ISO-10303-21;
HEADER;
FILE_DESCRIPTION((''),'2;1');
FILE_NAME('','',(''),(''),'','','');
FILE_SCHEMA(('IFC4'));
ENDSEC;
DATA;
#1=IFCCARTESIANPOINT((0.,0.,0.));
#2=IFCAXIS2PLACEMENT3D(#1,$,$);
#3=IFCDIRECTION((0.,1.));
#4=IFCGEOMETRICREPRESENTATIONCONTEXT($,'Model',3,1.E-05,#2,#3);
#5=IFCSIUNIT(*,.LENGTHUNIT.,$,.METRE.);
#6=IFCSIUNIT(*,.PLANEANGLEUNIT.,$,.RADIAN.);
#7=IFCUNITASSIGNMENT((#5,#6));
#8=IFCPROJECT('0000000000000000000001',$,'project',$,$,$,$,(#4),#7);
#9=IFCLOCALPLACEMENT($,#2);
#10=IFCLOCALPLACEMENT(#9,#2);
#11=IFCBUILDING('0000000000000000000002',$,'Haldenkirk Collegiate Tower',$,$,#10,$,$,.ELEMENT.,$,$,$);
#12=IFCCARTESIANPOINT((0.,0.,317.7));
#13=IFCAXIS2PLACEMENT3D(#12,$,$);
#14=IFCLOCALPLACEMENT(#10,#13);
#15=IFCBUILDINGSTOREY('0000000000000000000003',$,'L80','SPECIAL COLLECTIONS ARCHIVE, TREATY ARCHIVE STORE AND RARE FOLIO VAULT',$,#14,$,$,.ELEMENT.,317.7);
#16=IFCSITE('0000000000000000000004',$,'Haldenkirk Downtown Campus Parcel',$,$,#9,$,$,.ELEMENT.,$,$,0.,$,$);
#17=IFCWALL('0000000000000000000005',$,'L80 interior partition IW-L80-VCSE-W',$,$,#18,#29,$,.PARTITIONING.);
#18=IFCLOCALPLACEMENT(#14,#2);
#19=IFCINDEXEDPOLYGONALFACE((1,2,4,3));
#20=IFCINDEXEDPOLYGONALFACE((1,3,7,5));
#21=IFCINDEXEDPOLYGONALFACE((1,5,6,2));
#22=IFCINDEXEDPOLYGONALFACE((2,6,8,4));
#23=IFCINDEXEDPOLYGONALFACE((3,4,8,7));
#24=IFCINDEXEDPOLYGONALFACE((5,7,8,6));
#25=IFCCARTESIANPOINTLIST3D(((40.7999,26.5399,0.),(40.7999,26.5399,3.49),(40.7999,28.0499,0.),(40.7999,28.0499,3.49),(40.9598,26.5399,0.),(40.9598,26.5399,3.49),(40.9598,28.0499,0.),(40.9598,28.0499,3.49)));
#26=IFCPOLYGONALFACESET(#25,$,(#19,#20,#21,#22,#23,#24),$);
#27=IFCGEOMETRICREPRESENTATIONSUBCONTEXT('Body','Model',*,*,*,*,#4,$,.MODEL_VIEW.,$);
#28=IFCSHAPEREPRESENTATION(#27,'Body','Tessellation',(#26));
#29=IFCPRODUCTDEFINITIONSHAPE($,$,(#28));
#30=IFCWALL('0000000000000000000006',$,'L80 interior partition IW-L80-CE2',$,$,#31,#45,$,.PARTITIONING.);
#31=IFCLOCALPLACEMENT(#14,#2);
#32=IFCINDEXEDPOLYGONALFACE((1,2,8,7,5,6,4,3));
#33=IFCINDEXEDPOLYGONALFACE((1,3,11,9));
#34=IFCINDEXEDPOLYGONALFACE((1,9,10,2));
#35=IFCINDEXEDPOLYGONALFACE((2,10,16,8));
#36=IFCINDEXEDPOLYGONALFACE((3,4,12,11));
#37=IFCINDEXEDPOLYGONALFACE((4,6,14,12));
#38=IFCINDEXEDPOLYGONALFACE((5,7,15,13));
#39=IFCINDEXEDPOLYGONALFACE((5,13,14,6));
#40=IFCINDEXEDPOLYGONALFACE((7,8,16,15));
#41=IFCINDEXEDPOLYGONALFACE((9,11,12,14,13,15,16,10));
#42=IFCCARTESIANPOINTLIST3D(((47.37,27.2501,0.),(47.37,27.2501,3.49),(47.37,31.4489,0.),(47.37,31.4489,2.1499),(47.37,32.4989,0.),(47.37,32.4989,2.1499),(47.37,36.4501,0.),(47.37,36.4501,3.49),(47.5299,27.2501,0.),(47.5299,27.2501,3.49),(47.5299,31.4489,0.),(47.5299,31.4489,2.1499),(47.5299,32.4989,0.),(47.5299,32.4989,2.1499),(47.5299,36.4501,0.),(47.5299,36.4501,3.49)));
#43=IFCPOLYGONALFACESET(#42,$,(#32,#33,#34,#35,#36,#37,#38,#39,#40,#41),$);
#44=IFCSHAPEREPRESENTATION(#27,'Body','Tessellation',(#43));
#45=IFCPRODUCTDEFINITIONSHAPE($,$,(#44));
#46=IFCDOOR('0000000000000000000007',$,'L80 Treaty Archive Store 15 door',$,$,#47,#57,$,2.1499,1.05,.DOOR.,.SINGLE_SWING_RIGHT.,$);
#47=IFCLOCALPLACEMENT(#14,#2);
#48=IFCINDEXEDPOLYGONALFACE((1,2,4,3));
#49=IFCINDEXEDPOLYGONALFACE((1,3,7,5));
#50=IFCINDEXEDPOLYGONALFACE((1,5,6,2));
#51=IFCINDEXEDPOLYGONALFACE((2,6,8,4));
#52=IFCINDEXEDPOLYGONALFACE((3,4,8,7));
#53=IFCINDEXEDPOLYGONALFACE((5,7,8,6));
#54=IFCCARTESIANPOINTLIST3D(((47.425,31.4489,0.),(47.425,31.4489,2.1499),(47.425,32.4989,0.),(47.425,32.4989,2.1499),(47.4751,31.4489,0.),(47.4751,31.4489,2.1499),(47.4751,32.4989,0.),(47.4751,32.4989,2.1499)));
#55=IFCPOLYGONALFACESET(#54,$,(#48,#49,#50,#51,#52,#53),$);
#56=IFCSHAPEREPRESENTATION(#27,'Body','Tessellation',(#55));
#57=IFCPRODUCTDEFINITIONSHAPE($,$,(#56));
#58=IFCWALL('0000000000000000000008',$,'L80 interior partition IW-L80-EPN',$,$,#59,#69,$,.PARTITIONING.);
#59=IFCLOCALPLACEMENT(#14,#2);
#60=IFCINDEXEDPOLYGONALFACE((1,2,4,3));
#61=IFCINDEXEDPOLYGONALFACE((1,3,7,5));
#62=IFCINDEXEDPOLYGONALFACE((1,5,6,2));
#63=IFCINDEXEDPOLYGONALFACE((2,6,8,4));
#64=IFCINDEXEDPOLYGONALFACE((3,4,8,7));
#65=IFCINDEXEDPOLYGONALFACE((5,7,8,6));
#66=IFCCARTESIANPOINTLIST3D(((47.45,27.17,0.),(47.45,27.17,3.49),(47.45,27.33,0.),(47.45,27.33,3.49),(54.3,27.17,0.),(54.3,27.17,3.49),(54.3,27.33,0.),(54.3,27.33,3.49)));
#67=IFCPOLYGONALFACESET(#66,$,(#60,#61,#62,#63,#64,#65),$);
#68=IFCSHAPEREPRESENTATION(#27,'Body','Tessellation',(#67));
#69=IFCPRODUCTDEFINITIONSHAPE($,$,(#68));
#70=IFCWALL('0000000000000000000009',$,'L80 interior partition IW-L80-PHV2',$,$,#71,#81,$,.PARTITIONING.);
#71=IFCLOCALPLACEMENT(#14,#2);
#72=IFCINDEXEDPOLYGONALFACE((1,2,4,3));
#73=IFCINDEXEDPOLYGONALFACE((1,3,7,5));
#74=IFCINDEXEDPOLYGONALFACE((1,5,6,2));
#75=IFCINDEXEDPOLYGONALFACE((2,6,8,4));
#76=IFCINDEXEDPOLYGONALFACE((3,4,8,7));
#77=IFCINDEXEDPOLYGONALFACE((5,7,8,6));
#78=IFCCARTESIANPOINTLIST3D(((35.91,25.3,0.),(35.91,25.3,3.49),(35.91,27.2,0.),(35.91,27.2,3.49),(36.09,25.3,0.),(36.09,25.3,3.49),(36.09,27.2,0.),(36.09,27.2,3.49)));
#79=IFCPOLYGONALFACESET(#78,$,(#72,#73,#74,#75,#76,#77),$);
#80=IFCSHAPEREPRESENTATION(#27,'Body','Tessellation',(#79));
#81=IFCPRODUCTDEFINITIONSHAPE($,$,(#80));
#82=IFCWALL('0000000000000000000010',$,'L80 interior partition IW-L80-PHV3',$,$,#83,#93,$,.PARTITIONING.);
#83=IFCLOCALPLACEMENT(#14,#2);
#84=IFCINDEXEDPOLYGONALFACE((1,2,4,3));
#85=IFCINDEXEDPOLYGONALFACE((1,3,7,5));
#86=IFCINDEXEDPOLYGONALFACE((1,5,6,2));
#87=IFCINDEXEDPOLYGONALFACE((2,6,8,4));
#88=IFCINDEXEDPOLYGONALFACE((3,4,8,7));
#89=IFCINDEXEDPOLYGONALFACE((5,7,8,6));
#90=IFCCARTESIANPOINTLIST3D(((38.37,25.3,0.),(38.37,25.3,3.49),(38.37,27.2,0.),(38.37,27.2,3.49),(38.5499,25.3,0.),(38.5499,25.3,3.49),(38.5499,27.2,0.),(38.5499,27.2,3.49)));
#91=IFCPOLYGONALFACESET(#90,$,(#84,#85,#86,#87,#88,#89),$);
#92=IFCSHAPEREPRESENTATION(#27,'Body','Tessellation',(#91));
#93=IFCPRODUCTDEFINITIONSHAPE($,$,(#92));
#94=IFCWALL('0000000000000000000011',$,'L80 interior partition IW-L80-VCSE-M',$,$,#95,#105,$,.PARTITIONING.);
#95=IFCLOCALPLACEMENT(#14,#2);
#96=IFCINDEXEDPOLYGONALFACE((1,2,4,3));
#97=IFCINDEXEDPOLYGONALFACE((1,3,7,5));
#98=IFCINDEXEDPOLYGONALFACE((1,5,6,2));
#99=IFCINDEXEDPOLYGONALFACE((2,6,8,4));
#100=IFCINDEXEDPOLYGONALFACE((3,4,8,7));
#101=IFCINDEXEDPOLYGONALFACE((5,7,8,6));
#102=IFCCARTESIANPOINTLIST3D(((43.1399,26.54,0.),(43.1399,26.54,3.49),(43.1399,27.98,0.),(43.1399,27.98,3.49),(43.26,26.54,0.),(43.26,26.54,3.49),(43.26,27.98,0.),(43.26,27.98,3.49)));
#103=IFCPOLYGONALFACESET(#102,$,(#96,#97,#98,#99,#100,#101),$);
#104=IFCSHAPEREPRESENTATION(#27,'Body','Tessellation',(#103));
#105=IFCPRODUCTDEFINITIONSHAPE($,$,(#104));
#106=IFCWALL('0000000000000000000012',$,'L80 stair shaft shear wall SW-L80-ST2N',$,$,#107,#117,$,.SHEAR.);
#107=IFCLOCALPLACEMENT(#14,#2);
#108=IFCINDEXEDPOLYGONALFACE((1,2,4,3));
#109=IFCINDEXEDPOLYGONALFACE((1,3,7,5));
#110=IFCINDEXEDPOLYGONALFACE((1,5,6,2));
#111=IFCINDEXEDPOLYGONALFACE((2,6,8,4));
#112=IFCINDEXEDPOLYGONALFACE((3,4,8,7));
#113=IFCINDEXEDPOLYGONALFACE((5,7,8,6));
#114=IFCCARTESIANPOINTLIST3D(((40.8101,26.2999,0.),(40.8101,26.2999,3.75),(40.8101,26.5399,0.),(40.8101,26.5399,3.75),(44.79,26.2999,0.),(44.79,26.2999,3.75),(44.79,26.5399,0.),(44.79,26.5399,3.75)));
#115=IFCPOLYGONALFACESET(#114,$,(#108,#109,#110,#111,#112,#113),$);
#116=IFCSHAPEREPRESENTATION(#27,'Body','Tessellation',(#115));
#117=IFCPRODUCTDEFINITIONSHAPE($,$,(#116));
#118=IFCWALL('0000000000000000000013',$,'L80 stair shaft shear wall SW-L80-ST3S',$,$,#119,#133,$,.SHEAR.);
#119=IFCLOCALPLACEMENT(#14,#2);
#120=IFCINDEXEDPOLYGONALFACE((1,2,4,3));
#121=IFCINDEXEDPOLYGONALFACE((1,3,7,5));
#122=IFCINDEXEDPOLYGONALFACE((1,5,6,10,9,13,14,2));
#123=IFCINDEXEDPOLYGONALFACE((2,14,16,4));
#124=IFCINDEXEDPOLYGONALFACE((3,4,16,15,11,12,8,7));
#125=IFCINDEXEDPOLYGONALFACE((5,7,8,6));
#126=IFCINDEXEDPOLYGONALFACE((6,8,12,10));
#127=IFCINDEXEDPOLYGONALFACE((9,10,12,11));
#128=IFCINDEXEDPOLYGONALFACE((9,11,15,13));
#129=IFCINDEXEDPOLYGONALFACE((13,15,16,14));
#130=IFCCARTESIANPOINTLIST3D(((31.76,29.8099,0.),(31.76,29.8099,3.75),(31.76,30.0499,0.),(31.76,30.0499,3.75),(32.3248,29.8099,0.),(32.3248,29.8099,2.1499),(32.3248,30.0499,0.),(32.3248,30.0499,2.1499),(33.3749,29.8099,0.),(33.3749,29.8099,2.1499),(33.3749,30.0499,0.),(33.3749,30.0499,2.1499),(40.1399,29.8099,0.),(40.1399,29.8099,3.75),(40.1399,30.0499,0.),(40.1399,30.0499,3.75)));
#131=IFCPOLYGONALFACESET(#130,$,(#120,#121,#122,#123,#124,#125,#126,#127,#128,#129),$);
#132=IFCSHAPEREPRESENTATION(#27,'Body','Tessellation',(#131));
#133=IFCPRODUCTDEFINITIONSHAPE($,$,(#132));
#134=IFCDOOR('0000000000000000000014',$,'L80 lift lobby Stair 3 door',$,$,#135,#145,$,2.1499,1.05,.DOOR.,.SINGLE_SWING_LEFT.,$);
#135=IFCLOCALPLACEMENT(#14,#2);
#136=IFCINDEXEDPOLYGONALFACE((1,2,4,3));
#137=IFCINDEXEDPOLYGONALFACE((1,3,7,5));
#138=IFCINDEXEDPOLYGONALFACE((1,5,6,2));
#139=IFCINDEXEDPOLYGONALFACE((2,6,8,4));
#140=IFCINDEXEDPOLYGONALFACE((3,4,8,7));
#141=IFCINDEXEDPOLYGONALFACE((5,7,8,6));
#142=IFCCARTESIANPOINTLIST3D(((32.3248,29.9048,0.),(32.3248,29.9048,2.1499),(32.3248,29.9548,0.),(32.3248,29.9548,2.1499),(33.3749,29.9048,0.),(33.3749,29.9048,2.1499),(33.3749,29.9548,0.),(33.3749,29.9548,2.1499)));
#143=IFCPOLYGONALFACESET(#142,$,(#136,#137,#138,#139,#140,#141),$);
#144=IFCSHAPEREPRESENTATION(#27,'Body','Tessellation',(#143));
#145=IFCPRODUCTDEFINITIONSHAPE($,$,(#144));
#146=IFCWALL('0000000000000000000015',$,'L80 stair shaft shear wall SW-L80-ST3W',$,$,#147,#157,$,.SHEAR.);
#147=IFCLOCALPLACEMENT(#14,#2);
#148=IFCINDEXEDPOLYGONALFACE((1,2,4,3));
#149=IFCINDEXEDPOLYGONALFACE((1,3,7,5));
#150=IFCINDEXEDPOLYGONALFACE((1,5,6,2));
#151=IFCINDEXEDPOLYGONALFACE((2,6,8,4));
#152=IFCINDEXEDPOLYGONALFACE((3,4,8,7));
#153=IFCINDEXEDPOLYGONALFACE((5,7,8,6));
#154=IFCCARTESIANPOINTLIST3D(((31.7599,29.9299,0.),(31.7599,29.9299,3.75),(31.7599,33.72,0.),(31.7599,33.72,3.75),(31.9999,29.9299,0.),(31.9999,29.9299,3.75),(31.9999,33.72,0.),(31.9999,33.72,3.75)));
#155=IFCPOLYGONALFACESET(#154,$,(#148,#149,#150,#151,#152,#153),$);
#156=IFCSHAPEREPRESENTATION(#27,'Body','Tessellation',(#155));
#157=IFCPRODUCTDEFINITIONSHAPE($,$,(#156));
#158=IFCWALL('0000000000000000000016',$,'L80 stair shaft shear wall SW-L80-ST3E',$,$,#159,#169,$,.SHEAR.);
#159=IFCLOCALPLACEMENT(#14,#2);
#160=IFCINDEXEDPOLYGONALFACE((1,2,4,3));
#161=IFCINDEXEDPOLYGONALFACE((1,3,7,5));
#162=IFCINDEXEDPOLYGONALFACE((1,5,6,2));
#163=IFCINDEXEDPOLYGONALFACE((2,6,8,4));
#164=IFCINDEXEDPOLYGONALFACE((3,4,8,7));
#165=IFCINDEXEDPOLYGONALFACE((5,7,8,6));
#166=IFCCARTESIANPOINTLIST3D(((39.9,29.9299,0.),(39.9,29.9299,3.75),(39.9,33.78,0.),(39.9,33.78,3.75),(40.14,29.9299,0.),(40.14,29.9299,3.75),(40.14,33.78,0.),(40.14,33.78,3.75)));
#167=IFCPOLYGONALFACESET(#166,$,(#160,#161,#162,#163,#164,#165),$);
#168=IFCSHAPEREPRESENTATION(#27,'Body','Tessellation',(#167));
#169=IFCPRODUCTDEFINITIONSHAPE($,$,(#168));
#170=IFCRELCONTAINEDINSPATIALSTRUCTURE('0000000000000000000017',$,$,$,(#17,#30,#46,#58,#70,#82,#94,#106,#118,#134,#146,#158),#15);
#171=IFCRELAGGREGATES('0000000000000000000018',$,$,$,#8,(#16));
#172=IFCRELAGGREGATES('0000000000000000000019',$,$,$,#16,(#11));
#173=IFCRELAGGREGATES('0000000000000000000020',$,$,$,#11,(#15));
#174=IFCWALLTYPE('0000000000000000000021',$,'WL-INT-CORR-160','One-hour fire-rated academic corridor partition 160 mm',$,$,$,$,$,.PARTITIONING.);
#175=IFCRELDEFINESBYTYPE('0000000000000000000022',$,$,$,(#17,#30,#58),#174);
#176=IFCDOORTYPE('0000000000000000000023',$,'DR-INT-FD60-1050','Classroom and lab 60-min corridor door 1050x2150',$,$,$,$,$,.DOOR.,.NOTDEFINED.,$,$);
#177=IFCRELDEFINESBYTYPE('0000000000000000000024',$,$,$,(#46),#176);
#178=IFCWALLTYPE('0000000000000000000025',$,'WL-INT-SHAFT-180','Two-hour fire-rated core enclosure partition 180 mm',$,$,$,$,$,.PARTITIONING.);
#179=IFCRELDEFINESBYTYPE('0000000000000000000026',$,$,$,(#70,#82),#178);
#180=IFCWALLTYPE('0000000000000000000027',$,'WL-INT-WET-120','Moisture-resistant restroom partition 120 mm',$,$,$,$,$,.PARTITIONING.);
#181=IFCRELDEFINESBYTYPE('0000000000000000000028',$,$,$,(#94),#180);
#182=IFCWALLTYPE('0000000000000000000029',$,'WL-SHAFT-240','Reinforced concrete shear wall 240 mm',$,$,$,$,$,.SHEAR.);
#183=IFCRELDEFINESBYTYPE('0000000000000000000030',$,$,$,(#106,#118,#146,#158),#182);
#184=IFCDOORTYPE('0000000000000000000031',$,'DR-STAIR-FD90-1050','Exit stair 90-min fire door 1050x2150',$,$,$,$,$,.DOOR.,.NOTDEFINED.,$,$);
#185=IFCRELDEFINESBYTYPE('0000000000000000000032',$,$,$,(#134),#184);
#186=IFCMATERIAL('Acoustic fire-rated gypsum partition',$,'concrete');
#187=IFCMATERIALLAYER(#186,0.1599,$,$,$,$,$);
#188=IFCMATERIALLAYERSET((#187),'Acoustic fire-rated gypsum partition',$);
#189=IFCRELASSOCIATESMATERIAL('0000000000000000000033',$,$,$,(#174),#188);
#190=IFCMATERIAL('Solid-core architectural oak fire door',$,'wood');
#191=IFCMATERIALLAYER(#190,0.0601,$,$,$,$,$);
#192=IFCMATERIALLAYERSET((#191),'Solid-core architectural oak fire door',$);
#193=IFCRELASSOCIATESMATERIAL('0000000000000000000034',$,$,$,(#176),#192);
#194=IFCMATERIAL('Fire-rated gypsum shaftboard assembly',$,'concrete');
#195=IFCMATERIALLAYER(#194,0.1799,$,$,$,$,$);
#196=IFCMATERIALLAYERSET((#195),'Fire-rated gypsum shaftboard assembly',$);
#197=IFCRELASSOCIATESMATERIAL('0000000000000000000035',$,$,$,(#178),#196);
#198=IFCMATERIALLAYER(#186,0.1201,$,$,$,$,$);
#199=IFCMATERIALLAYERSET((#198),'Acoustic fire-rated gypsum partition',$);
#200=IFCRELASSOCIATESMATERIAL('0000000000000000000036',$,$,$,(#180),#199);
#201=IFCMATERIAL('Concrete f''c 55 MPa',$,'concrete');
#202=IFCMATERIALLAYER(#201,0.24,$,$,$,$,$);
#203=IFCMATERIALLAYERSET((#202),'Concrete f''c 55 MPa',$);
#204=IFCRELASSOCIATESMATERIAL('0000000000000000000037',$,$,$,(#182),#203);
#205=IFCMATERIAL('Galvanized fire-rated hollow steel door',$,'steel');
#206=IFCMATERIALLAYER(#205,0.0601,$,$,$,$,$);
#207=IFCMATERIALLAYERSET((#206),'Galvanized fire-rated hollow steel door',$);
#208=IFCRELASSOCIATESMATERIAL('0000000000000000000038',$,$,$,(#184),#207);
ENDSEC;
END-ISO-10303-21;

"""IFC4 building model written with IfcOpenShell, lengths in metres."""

from ifc_helpers import new_model, si_unit, direction, frame, frame_2d, origin, place, context, subcontext, project, spatial, rectangle, extrude, material, layer, layer_set, type_object, element, fill, save


model = new_model("IFC4")

# Units and contexts
model_context = context("Model", 3, precision=1e-05, world=origin(), true_north=direction((0.0, 1.0)))
body_context = subcontext(model_context, "Body", "Model", "MODEL_VIEW")
ifc_project = project(units=[si_unit("LENGTHUNIT", "METRE"), si_unit("PLANEANGLEUNIT", "RADIAN")], contexts=[model_context])

# Site, building, storey
site_placement = place(None, origin())
site = spatial("IfcSite", under=ifc_project, at=site_placement, Name="Haldenkirk Downtown Campus Parcel", CompositionType="ELEMENT", RefElevation=0.0)
building_placement = place(site_placement, origin())
building = spatial("IfcBuilding", under=site, at=building_placement, Name="Haldenkirk Collegiate Tower", CompositionType="ELEMENT")
storey_placement = place(building_placement, frame((0.0, 0.0, 317.7)))
storey = spatial("IfcBuildingStorey", under=building, at=storey_placement, Name="L80", Description="SPECIAL COLLECTIONS ARCHIVE, TREATY ARCHIVE STORE AND RARE FOLIO VAULT", CompositionType="ELEMENT", Elevation=317.7)

# Shared definitions
ifc_material_1 = material(Name="Acoustic fire-rated gypsum partition", Category="concrete")
ifc_layer_1 = layer(ifc_material_1, 0.1599)
ifc_layer_set_1 = layer_set([ifc_layer_1], Name="Acoustic fire-rated gypsum partition")
wall_type_1 = type_object("IfcWallType", Name="WL-INT-CORR-160", Description="One-hour fire-rated academic corridor partition 160 mm", PredefinedType="PARTITIONING", material=ifc_layer_set_1)
ifc_material_2 = material(Name="Solid-core architectural oak fire door", Category="wood")

# Wall
wall_1_placement = place(storey_placement, frame((40.8799, 26.54, 0.0), z_axis=(0.0, 0.0, 1.0), x_axis=(0.0, 1.0, 0.0)))
element("IfcWall", 1, at=wall_1_placement, inside=storey, type_object=wall_type_1, Name="L80 interior partition IW-L80-VCSE-W", PredefinedType="PARTITIONING", context=body_context, shape_type="SweptSolid", body=[
    extrude(rectangle(XDim=1.51, YDim=0.1599, at=frame_2d((0.7549, 0.0))), origin(), (0.0, 0.0, 1.0), 3.49),
])

# Wall, opening, door
wall_2_placement = place(storey_placement, frame((47.45, 27.25, 0.0), z_axis=(0.0, 0.0, 1.0), x_axis=(0.0, 1.0, 0.0)))
wall_2 = element("IfcWall", 2, at=wall_2_placement, inside=storey, type_object=wall_type_1, Name="L80 interior partition IW-L80-CE2", PredefinedType="PARTITIONING", context=body_context, shape_type="SweptSolid", body=[
    extrude(rectangle(XDim=9.2, YDim=0.1599, at=frame_2d((4.6001, 0.0))), origin(), (0.0, 0.0, 1.0), 3.49),
])
opening_1_placement = place(wall_2_placement, frame((4.199, 0.0, 0.0)))
opening_1 = element("IfcOpeningElement", 3, at=opening_1_placement, cuts=wall_2, PredefinedType="OPENING", context=body_context, shape_type="SweptSolid", body=[
    extrude(rectangle(XDim=1.05, YDim=2.1499, at=frame_2d((0.5249, 1.075))), frame((0.0, 0.0898, 0.0), z_axis=(0.0, -1.0, 0.0), x_axis=(1.0, 0.0, 0.0)), (0.0, 0.0, 1.0), 0.1799),
])
ifc_layer_2 = layer(ifc_material_2, 0.0601)
ifc_layer_set_2 = layer_set([ifc_layer_2], Name="Solid-core architectural oak fire door")
door_type_1 = type_object("IfcDoorType", Name="DR-INT-FD60-1050", Description="Classroom and lab 60-min corridor door 1050x2150", OperationType="NOTDEFINED", PredefinedType="DOOR", material=ifc_layer_set_2)
door_1_placement = place(opening_1_placement, origin())
door_1 = element("IfcDoor", 4, at=door_1_placement, inside=storey, type_object=door_type_1, Name="L80 Treaty Archive Store 15 door", OperationType="SINGLE_SWING_RIGHT", OverallHeight=2.1499, OverallWidth=1.05, PredefinedType="DOOR", context=body_context, shape_type="SweptSolid", body=[
    extrude(rectangle(XDim=1.05, YDim=2.1499, at=frame_2d((0.5249, 1.075))), frame((0.0, 0.0249, 0.0), z_axis=(0.0, -1.0, 0.0), x_axis=(1.0, 0.0, 0.0)), (0.0, 0.0, 1.0), 0.05),
])
fill(opening_1, door_1)

# Walls
wall_3_placement = place(storey_placement, frame((47.45, 27.25, 0.0), z_axis=(0.0, 0.0, 1.0), x_axis=(1.0, 0.0, 0.0)))
element("IfcWall", 5, at=wall_3_placement, inside=storey, type_object=wall_type_1, Name="L80 interior partition IW-L80-EPN", PredefinedType="PARTITIONING", context=body_context, shape_type="SweptSolid", body=[
    extrude(rectangle(XDim=6.8501, YDim=0.1599, at=frame_2d((3.425, 0.0))), origin(), (0.0, 0.0, 1.0), 3.49),
])
ifc_material_3 = material(Name="Fire-rated gypsum shaftboard assembly", Category="concrete")
ifc_layer_3 = layer(ifc_material_3, 0.1799)
ifc_layer_set_3 = layer_set([ifc_layer_3], Name="Fire-rated gypsum shaftboard assembly")
wall_type_2 = type_object("IfcWallType", Name="WL-INT-SHAFT-180", Description="Two-hour fire-rated core enclosure partition 180 mm", PredefinedType="PARTITIONING", material=ifc_layer_set_3)
for number, where, z_axis, x_axis, name in (
    (6, (36.0, 25.3, 0.0), (0.0, 0.0, 1.0), (0.0, 1.0, 0.0), "L80 interior partition IW-L80-PHV2"),
    (7, (38.46, 25.3, 0.0), (0.0, 0.0, 1.0), (0.0, 1.0, 0.0), "L80 interior partition IW-L80-PHV3"),
):
    element("IfcWall", number, at=place(storey_placement, frame(where, z_axis=z_axis, x_axis=x_axis)), inside=storey, type_object=wall_type_2, Name=name, PredefinedType="PARTITIONING", context=body_context, shape_type="SweptSolid", body=[
        extrude(rectangle(XDim=1.8999, YDim=0.1799, at=frame_2d((0.95, 0.0))), origin(), (0.0, 0.0, 1.0), 3.49),
    ])
ifc_layer_4 = layer(ifc_material_1, 0.1201)
ifc_layer_set_4 = layer_set([ifc_layer_4], Name="Acoustic fire-rated gypsum partition")
wall_type_3 = type_object("IfcWallType", Name="WL-INT-WET-120", Description="Moisture-resistant restroom partition 120 mm", PredefinedType="PARTITIONING", material=ifc_layer_set_4)
wall_4_placement = place(storey_placement, frame((43.2, 26.54, 0.0), z_axis=(0.0, 0.0, 1.0), x_axis=(0.0, 1.0, 0.0)))
element("IfcWall", 8, at=wall_4_placement, inside=storey, type_object=wall_type_3, Name="L80 interior partition IW-L80-VCSE-M", PredefinedType="PARTITIONING", context=body_context, shape_type="SweptSolid", body=[
    extrude(rectangle(XDim=1.4399, YDim=0.1201, at=frame_2d((0.72, 0.0))), origin(), (0.0, 0.0, 1.0), 3.49),
])
ifc_material_4 = material(Name="Concrete f'c 55 MPa", Category="concrete")
ifc_layer_5 = layer(ifc_material_4, 0.24)
ifc_layer_set_5 = layer_set([ifc_layer_5], Name="Concrete f'c 55 MPa")
wall_type_4 = type_object("IfcWallType", Name="WL-SHAFT-240", Description="Reinforced concrete shear wall 240 mm", PredefinedType="SHEAR", material=ifc_layer_set_5)
wall_5_placement = place(storey_placement, frame((40.8101, 26.4199, 0.0), z_axis=(0.0, 0.0, 1.0), x_axis=(1.0, 0.0, 0.0)))
element("IfcWall", 9, at=wall_5_placement, inside=storey, type_object=wall_type_4, Name="L80 stair shaft shear wall SW-L80-ST2N", PredefinedType="SHEAR", context=body_context, shape_type="SweptSolid", body=[
    extrude(rectangle(XDim=3.98, YDim=0.24, at=frame_2d((1.99, 0.0))), origin(), (0.0, 0.0, 1.0), 3.75),
])

# Wall, opening, door
wall_6_placement = place(storey_placement, frame((31.76, 29.9299, 0.0), z_axis=(0.0, 0.0, 1.0), x_axis=(1.0, 0.0, 0.0)))
wall_6 = element("IfcWall", 10, at=wall_6_placement, inside=storey, type_object=wall_type_4, Name="L80 stair shaft shear wall SW-L80-ST3S", PredefinedType="SHEAR", context=body_context, shape_type="SweptSolid", body=[
    extrude(rectangle(XDim=8.3799, YDim=0.24, at=frame_2d((4.1899, 0.0))), origin(), (0.0, 0.0, 1.0), 3.75),
])
opening_2_placement = place(wall_6_placement, frame((0.5649, 0.0, 0.0)))
opening_2 = element("IfcOpeningElement", 11, at=opening_2_placement, cuts=wall_6, PredefinedType="OPENING", context=body_context, shape_type="SweptSolid", body=[
    extrude(rectangle(XDim=1.05, YDim=2.1499, at=frame_2d((0.5249, 1.075))), frame((0.0, 0.1299, 0.0), z_axis=(0.0, -1.0, 0.0), x_axis=(1.0, 0.0, 0.0)), (0.0, 0.0, 1.0), 0.26),
])
ifc_material_5 = material(Name="Galvanized fire-rated hollow steel door", Category="steel")
ifc_layer_6 = layer(ifc_material_5, 0.0601)
ifc_layer_set_6 = layer_set([ifc_layer_6], Name="Galvanized fire-rated hollow steel door")
door_type_2 = type_object("IfcDoorType", Name="DR-STAIR-FD90-1050", Description="Exit stair 90-min fire door 1050x2150", OperationType="NOTDEFINED", PredefinedType="DOOR", material=ifc_layer_set_6)
door_2_placement = place(opening_2_placement, origin())
door_2 = element("IfcDoor", 12, at=door_2_placement, inside=storey, type_object=door_type_2, Name="L80 lift lobby Stair 3 door", OperationType="SINGLE_SWING_LEFT", OverallHeight=2.1499, OverallWidth=1.05, PredefinedType="DOOR", context=body_context, shape_type="SweptSolid", body=[
    extrude(rectangle(XDim=1.05, YDim=2.1499, at=frame_2d((0.5249, 1.075))), frame((0.0, 0.0249, 0.0), z_axis=(0.0, -1.0, 0.0), x_axis=(1.0, 0.0, 0.0)), (0.0, 0.0, 1.0), 0.05),
])
fill(opening_2, door_2)

# Walls
wall_7_placement = place(storey_placement, frame((31.8799, 29.9299, 0.0), z_axis=(0.0, 0.0, 1.0), x_axis=(0.0, 1.0, 0.0)))
element("IfcWall", 13, at=wall_7_placement, inside=storey, type_object=wall_type_4, Name="L80 stair shaft shear wall SW-L80-ST3W", PredefinedType="SHEAR", context=body_context, shape_type="SweptSolid", body=[
    extrude(rectangle(XDim=3.79, YDim=0.24, at=frame_2d((1.895, 0.0))), origin(), (0.0, 0.0, 1.0), 3.75),
])
wall_8_placement = place(storey_placement, frame((40.02, 29.9299, 0.0), z_axis=(0.0, 0.0, 1.0), x_axis=(0.0, 1.0, 0.0)))
element("IfcWall", 14, at=wall_8_placement, inside=storey, type_object=wall_type_4, Name="L80 stair shaft shear wall SW-L80-ST3E", PredefinedType="SHEAR", context=body_context, shape_type="SweptSolid", body=[
    extrude(rectangle(XDim=3.8501, YDim=0.24, at=frame_2d((1.925, 0.0))), origin(), (0.0, 0.0, 1.0), 3.75),
])

save(model, "model.ifc")
